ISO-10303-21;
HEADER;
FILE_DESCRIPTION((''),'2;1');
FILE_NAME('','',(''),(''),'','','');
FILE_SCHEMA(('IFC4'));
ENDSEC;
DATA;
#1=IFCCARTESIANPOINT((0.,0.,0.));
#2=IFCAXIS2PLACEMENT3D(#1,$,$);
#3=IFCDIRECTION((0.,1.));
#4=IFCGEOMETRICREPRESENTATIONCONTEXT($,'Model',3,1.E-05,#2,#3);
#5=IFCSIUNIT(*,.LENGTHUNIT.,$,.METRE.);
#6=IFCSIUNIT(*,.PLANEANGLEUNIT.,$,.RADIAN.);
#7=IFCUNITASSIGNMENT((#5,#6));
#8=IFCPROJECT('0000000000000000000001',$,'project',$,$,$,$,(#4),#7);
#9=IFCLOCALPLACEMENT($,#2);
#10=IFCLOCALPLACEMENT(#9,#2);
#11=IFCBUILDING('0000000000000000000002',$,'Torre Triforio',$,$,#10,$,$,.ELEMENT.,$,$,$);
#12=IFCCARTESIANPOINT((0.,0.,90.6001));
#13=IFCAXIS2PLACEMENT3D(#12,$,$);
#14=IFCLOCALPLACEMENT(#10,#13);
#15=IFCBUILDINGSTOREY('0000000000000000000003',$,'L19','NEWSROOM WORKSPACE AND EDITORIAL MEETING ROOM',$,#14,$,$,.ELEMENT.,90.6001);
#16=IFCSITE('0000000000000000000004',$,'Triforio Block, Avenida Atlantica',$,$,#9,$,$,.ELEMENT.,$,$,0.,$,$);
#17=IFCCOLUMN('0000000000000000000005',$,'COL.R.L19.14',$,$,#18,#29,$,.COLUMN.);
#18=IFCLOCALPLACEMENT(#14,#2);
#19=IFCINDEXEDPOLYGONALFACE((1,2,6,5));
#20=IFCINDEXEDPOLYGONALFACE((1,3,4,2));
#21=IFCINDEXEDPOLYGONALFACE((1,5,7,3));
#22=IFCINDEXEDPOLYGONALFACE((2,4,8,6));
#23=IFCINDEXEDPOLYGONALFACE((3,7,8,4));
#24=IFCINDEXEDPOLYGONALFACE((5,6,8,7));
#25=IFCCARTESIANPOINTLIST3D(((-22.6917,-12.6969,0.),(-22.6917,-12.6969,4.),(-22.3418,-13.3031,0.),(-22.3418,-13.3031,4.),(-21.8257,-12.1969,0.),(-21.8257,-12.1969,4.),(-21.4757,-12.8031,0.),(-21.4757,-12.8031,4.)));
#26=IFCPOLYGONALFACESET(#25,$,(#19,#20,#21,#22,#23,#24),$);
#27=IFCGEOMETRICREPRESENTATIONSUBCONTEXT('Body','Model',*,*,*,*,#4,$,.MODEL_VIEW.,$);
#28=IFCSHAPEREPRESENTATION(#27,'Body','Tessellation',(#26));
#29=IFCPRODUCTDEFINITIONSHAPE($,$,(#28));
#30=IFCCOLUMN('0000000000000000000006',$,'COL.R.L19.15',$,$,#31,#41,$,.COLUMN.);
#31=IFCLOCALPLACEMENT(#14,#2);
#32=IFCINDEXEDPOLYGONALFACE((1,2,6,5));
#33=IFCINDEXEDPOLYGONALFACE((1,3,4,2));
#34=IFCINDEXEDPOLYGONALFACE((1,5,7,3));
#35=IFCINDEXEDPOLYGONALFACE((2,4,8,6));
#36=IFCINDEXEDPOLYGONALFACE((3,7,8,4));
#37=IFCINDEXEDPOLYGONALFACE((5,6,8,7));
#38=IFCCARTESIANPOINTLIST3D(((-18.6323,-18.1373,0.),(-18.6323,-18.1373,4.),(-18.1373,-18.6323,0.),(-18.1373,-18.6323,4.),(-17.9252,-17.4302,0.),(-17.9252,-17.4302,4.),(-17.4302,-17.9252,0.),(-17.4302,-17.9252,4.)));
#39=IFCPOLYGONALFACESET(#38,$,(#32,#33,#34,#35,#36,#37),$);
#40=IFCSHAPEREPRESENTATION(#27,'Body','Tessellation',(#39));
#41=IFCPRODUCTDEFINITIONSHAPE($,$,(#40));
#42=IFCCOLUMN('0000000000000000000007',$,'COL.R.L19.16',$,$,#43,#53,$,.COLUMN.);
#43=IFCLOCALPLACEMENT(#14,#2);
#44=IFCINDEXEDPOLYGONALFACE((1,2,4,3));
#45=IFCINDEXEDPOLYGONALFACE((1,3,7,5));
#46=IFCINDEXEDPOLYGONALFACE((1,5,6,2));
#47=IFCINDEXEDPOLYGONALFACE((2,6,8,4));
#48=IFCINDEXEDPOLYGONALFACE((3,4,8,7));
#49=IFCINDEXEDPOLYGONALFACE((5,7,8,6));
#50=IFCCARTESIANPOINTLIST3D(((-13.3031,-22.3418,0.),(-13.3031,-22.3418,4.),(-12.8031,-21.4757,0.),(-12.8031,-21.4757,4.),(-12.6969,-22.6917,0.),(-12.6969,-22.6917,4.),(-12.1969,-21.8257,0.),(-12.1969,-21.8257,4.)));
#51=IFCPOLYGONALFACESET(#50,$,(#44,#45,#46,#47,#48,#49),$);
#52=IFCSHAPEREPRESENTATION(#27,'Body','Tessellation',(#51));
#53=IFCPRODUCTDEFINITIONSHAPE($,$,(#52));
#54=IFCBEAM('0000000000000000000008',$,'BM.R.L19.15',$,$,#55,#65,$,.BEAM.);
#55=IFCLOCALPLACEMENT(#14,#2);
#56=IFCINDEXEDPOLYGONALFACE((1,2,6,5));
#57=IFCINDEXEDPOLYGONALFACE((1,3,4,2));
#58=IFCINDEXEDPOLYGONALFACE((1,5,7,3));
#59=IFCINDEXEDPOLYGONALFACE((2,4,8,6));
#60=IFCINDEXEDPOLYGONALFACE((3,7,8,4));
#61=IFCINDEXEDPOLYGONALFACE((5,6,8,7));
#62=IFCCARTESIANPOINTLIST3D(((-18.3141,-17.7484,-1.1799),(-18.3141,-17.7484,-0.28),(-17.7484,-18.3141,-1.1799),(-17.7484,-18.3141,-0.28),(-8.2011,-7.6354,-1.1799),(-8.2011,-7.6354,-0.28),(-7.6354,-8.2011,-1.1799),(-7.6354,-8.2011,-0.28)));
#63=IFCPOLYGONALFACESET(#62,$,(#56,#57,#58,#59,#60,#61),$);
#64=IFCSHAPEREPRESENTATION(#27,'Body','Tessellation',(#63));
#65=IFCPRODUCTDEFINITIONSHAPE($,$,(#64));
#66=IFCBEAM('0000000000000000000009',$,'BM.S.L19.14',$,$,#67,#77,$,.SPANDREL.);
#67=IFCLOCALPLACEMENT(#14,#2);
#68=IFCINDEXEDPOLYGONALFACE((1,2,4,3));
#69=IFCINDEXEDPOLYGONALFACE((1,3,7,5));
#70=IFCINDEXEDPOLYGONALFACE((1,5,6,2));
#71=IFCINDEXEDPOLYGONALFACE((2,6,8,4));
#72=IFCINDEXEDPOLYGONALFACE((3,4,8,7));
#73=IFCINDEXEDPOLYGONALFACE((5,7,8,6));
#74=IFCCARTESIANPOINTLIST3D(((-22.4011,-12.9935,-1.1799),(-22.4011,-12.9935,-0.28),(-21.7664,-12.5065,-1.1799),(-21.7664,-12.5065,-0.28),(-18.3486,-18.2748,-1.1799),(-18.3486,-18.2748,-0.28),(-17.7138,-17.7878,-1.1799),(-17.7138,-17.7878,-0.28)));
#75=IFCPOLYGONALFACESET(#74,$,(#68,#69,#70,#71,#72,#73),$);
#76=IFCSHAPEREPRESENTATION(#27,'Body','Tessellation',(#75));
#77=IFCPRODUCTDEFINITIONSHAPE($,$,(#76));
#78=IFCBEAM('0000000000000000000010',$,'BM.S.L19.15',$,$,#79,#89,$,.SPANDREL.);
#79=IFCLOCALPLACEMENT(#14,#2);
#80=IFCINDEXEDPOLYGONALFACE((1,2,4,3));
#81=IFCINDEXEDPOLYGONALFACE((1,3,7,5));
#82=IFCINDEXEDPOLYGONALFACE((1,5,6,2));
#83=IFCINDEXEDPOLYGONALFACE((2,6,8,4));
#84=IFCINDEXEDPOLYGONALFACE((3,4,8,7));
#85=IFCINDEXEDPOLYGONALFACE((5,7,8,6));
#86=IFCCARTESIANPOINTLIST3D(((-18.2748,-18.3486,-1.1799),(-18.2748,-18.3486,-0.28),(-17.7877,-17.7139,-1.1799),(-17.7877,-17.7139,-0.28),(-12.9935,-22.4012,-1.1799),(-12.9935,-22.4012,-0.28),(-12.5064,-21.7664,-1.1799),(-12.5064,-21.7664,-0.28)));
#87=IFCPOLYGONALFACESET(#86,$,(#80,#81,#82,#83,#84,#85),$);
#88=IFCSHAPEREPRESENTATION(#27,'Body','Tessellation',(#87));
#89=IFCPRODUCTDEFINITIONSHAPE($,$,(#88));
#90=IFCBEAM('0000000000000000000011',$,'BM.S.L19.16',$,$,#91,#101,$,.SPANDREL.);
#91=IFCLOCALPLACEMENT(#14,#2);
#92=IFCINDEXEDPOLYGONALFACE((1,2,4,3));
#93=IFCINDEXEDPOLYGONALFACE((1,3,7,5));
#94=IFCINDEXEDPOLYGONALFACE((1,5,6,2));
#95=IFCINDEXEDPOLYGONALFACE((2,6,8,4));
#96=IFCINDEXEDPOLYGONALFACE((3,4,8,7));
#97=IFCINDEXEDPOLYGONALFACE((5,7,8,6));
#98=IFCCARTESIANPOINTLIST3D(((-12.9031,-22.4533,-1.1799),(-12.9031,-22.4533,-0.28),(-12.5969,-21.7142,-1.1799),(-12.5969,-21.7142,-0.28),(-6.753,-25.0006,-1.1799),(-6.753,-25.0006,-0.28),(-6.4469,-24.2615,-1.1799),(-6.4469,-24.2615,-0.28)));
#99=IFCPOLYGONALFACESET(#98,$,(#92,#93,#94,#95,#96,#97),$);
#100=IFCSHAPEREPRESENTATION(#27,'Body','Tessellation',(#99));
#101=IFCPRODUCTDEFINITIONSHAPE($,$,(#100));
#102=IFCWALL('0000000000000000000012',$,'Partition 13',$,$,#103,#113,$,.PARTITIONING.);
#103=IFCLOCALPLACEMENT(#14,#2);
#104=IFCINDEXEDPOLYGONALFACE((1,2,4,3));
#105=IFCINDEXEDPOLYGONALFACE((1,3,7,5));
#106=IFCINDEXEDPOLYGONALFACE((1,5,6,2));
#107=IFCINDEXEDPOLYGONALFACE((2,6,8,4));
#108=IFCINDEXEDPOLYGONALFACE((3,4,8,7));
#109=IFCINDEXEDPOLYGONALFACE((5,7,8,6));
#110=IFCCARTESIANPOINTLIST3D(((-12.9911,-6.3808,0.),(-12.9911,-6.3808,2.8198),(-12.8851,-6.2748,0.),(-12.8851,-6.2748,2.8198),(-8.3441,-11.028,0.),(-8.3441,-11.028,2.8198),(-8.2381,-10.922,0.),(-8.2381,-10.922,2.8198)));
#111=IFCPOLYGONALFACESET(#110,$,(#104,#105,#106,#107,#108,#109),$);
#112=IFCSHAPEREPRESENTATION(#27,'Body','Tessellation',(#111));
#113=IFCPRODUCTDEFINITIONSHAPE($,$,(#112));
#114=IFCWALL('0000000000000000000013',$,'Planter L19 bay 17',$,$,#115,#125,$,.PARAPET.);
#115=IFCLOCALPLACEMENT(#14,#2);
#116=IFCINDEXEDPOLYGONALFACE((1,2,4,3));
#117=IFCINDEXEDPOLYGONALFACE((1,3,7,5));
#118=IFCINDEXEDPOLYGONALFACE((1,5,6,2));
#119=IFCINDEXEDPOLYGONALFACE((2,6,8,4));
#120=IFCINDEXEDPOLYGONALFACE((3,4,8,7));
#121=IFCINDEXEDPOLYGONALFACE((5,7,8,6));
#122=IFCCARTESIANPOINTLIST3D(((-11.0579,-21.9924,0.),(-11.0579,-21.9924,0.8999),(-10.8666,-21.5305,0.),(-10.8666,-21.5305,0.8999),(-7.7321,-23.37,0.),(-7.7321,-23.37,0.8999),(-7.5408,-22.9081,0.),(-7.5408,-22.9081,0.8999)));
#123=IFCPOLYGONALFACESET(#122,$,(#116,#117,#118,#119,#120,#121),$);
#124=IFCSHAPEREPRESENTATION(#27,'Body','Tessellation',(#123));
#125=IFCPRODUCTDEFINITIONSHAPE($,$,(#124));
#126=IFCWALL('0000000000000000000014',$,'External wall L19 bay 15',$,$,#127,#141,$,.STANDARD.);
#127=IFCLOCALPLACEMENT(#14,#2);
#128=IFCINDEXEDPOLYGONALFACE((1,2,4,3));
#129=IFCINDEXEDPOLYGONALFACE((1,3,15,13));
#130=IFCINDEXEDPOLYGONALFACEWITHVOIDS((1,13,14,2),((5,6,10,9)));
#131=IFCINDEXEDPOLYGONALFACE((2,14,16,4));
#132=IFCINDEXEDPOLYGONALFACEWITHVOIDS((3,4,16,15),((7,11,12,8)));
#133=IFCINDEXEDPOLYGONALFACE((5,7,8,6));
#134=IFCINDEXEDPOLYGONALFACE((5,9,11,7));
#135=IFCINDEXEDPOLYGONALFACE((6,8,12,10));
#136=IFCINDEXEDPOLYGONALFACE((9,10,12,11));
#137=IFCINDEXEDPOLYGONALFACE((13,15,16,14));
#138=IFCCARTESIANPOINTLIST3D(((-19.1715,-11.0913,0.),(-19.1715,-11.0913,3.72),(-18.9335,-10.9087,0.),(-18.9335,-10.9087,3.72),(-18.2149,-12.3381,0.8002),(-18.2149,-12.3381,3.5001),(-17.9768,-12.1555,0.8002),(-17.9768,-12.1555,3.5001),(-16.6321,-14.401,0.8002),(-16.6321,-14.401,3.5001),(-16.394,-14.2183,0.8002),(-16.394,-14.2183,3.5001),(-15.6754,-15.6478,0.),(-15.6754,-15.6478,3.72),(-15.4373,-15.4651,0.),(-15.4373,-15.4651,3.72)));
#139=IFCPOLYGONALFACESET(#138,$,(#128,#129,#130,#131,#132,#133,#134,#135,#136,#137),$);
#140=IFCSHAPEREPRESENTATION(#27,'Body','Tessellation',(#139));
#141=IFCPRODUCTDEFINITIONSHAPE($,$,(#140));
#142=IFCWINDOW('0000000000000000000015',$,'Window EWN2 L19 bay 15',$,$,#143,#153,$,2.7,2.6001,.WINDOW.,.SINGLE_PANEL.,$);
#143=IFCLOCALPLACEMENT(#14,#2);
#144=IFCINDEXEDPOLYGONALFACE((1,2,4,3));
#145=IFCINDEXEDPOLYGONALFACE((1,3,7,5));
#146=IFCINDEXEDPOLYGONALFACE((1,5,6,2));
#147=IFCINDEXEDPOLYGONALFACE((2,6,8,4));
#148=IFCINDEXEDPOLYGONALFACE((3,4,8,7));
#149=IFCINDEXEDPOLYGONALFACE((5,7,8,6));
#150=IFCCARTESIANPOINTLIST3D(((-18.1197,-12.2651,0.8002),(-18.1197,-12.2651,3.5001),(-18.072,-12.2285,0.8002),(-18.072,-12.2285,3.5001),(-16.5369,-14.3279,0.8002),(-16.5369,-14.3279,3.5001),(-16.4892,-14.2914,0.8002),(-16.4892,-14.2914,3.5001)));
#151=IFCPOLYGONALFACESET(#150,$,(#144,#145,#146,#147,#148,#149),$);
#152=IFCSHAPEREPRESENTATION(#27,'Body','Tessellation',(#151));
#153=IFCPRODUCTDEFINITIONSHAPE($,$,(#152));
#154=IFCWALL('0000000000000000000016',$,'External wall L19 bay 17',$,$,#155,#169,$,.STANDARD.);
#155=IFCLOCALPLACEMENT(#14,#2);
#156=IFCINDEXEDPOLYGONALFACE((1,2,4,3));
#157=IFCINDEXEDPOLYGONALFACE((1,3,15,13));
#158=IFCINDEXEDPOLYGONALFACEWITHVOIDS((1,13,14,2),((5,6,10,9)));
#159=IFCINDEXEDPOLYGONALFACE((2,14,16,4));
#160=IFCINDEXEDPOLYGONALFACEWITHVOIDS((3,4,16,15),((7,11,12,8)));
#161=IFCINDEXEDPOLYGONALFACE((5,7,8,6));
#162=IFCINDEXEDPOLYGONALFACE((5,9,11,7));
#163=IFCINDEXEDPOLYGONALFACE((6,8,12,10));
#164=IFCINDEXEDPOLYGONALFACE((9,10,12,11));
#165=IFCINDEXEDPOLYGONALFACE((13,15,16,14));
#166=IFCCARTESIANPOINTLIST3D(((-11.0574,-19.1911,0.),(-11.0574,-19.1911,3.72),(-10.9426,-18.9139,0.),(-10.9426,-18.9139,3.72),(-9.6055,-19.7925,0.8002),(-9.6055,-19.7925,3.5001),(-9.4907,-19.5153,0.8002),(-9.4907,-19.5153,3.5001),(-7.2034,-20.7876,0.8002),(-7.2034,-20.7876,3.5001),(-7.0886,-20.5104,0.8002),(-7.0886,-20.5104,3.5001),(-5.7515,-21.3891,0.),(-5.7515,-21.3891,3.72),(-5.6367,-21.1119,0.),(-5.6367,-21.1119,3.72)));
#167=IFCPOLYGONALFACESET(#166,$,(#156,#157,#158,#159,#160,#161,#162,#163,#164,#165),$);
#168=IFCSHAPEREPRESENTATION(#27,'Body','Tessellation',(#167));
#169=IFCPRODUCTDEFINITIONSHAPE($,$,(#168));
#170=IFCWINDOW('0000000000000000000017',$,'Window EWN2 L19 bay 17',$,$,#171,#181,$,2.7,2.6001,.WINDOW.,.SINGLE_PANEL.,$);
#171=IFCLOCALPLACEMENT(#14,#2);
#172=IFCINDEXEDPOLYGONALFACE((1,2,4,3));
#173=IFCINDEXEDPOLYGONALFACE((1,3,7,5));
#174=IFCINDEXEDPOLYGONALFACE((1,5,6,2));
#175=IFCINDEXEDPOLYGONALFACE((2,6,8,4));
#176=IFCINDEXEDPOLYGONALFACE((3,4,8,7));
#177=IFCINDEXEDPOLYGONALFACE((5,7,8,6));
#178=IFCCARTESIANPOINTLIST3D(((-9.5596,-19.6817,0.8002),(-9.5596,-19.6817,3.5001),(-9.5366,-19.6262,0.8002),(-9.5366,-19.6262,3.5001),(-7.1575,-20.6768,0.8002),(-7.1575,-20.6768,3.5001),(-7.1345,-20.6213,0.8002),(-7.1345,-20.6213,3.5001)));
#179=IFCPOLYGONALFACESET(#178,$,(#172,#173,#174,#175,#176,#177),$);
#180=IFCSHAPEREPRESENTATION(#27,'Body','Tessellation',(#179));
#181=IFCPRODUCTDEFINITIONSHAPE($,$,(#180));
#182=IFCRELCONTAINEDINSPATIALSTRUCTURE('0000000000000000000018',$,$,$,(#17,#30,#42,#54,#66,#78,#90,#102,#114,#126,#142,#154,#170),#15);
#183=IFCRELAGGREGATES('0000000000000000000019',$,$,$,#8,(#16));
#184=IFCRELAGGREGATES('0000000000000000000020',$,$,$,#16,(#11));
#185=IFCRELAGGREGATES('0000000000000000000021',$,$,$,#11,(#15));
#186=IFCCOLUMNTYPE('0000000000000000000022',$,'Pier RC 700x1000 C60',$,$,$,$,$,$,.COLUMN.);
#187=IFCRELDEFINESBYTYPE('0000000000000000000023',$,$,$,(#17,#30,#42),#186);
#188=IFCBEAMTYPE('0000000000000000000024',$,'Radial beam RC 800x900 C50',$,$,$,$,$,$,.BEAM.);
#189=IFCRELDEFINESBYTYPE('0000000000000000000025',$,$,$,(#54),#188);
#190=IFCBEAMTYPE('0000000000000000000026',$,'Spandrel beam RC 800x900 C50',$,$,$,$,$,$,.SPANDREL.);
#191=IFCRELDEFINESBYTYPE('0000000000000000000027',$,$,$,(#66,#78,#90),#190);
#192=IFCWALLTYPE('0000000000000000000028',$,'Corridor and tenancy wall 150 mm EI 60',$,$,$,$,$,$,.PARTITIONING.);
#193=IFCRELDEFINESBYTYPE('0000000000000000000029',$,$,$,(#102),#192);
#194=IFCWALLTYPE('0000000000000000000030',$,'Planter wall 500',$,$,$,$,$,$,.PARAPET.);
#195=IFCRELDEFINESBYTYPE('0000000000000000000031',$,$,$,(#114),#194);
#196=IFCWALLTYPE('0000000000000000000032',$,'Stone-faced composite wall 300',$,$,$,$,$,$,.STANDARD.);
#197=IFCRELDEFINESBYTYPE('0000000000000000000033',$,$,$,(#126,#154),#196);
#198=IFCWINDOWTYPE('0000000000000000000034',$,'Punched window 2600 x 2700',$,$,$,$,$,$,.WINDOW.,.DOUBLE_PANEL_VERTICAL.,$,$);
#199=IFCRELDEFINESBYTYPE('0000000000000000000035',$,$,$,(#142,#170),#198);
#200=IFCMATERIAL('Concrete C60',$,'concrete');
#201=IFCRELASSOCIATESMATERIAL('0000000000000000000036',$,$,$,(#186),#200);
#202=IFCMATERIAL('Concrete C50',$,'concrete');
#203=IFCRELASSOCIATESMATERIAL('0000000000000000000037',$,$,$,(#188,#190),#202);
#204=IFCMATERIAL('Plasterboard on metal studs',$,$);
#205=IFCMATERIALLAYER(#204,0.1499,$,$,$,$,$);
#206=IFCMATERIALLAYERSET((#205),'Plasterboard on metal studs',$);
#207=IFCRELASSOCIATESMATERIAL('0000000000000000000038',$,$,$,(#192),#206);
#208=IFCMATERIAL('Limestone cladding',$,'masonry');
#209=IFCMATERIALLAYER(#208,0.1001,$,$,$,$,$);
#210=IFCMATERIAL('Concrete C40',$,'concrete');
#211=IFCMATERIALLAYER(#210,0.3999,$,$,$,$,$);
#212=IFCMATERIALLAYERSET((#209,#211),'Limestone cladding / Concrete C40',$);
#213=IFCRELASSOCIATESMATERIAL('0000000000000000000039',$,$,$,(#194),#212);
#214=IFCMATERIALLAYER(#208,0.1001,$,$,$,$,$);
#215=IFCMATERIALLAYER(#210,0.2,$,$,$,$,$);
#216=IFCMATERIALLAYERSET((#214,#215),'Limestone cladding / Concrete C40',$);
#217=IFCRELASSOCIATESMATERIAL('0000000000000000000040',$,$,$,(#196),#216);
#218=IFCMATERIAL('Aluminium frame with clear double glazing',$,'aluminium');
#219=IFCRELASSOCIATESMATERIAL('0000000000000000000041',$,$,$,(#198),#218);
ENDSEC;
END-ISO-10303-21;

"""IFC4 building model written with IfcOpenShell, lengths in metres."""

from ifc_helpers import new_model, si_unit, direction, frame, frame_2d, origin, origin_2d, place, context, subcontext, project, spatial, rectangle, extrude, material, layer, layer_set, material_profile, profile_set, type_object, element, fill, save


model = new_model("IFC4")

# Units and contexts
model_context = context("Model", 3, precision=1e-05, world=origin(), true_north=direction((0.0, 1.0)))
body_context = subcontext(model_context, "Body", "Model", "MODEL_VIEW")
ifc_project = project(units=[si_unit("LENGTHUNIT", "METRE"), si_unit("PLANEANGLEUNIT", "RADIAN")], contexts=[model_context])

# Site, building, storey
site_placement = place(None, origin())
site = spatial("IfcSite", under=ifc_project, at=site_placement, Name="Triforio Block, Avenida Atlantica", CompositionType="ELEMENT", RefElevation=0.0)
building_placement = place(site_placement, origin())
building = spatial("IfcBuilding", under=site, at=building_placement, Name="Torre Triforio", CompositionType="ELEMENT")
storey_placement = place(building_placement, frame((0.0, 0.0, 90.6001)))
storey = spatial("IfcBuildingStorey", under=building, at=storey_placement, Name="L19", Description="NEWSROOM WORKSPACE AND EDITORIAL MEETING ROOM", CompositionType="ELEMENT", Elevation=90.6001)

# Columns
ifc_material_1 = material(Name="Concrete C60", Category="concrete")
ifc_material_profile_1 = material_profile(ifc_material_1, rectangle(XDim=0.7, YDim=1.0, at=origin_2d()), Name="RC 700x1000")
ifc_profile_set_1 = profile_set([ifc_material_profile_1], Name="Concrete C60")
column_type = type_object("IfcColumnType", Name="Pier RC 700x1000 C60", PredefinedType="COLUMN", material=ifc_profile_set_1)
for number, where, z_axis, x_axis, name in (
    (1, (-22.0837, -12.75, 0.0), (0.0, 0.0, 1.0), (0.5, -0.866025, 0.0), "COL.R.L19.14"),
    (2, (-18.0312, -18.0312, 0.0), (0.0, 0.0, 1.0), (0.707107, -0.707107, 0.0), "COL.R.L19.15"),
    (3, (-12.75, -22.0837, 0.0), (0.0, 0.0, 1.0), (0.866025, -0.5, 0.0), "COL.R.L19.16"),
):
    element("IfcColumn", number, at=place(storey_placement, frame(where, z_axis=z_axis, x_axis=x_axis)), inside=storey, type_object=column_type, Name=name, PredefinedType="COLUMN", context=body_context, shape_type="SweptSolid", body=[
        extrude(rectangle(XDim=0.7, YDim=1.0, at=origin_2d()), origin(), (0.0, 0.0, 1.0), 4.0),
    ])

# Beams
ifc_material_2 = material(Name="Concrete C50", Category="concrete")
ifc_material_profile_2 = material_profile(ifc_material_2, rectangle(XDim=0.8, YDim=0.8999, at=origin_2d()), Name="RC 800x900")
ifc_profile_set_2 = profile_set([ifc_material_profile_2], Name="Concrete C50")
beam_type_1 = type_object("IfcBeamType", Name="Radial beam RC 800x900 C50", PredefinedType="BEAM", material=ifc_profile_set_2)
beam_1_placement = place(storey_placement, frame((-7.9182, -7.9182, -0.73), z_axis=(-0.707107, -0.707107, 0.0), x_axis=(0.707107, -0.707107, 0.0)))
element("IfcBeam", 4, at=beam_1_placement, inside=storey, type_object=beam_type_1, Name="BM.R.L19.15", PredefinedType="BEAM", context=body_context, shape_type="SweptSolid", body=[
    extrude(rectangle(XDim=0.8, YDim=0.8999, at=origin_2d()), origin(), (0.0, 0.0, 1.0), 14.302),
])
ifc_material_profile_3 = material_profile(ifc_material_2, rectangle(XDim=0.8, YDim=0.8999, at=origin_2d()), Name="RC 800x900")
ifc_profile_set_3 = profile_set([ifc_material_profile_3], Name="Concrete C50")
beam_type_2 = type_object("IfcBeamType", Name="Spandrel beam RC 800x900 C50", PredefinedType="SPANDREL", material=ifc_profile_set_3)
for number, where, z_axis, x_axis, name in (
    (5, (-22.0837, -12.75, -0.73), (0.608766, -0.79335, 0.0), (0.79335, 0.608766, 0.0), "BM.S.L19.14"),
    (6, (-18.0312, -18.0312, -0.73), (0.79335, -0.608766, 0.0), (0.608766, 0.79335, 0.0), "BM.S.L19.15"),
):
    element("IfcBeam", number, at=place(storey_placement, frame(where, z_axis=z_axis, x_axis=x_axis)), inside=storey, type_object=beam_type_2, Name=name, PredefinedType="SPANDREL", context=body_context, shape_type="SweptSolid", body=[
        extrude(rectangle(XDim=0.8, YDim=0.8999, at=origin_2d()), origin(), (0.0, 0.0, 1.0), 6.657),
    ])
beam_2_placement = place(storey_placement, frame((-12.75, -22.0837, -0.73), z_axis=(0.923885, -0.382669, 0.0), x_axis=(0.382669, 0.923885, 0.0)))
element("IfcBeam", 7, at=beam_2_placement, inside=storey, type_object=beam_type_2, Name="BM.S.L19.16", PredefinedType="SPANDREL", context=body_context, shape_type="SweptSolid", body=[
    extrude(rectangle(XDim=0.8, YDim=0.8999, at=origin_2d()), origin(), (0.0, 0.0, 1.0), 6.6567),
])

# Walls
ifc_material_3 = material(Name="Plasterboard on metal studs")
ifc_layer_1 = layer(ifc_material_3, 0.1499)
ifc_layer_set_1 = layer_set([ifc_layer_1], Name="Plasterboard on metal studs")
wall_type_1 = type_object("IfcWallType", Name="Corridor and tenancy wall 150 mm EI 60", PredefinedType="PARTITIONING", material=ifc_layer_set_1)
wall_1_placement = place(storey_placement, frame((-8.291, -10.9751, 0.0), z_axis=(0.0, 0.0, 1.0), x_axis=(-0.707088, 0.707125, 0.0)))
element("IfcWall", 8, at=wall_1_placement, inside=storey, type_object=wall_type_1, Name="Partition 13", PredefinedType="PARTITIONING", context=body_context, shape_type="SweptSolid", body=[
    extrude(rectangle(XDim=6.572, YDim=0.1499, at=frame_2d((3.2861, 0.0))), origin(), (0.0, 0.0, 1.0), 2.8198),
])
ifc_material_4 = material(Name="Limestone cladding", Category="masonry")
ifc_layer_2 = layer(ifc_material_4, 0.1001)
ifc_material_5 = material(Name="Concrete C40", Category="concrete")
ifc_layer_3 = layer(ifc_material_5, 0.3999)
ifc_layer_set_2 = layer_set([ifc_layer_2, ifc_layer_3], Name="Limestone cladding / Concrete C40")
wall_type_2 = type_object("IfcWallType", Name="Planter wall 500", PredefinedType="PARAPET", material=ifc_layer_set_2)
wall_2_placement = place(storey_placement, frame((-10.9622, -21.7615, 0.0), z_axis=(0.0, 0.0, 1.0), x_axis=(0.923875, -0.382693, 0.0)))
element("IfcWall", 9, at=wall_2_placement, inside=storey, type_object=wall_type_2, Name="Planter L19 bay 17", PredefinedType="PARAPET", context=body_context, shape_type="SweptSolid", body=[
    extrude(rectangle(XDim=3.5999, YDim=0.5, at=frame_2d((1.7998, 0.0))), origin(), (0.0, 0.0, 1.0), 0.8999),
])

# Wall, opening, window
ifc_layer_4 = layer(ifc_material_4, 0.1001)
ifc_layer_5 = layer(ifc_material_5, 0.2)
ifc_layer_set_3 = layer_set([ifc_layer_4, ifc_layer_5], Name="Limestone cladding / Concrete C40")
wall_type_3 = type_object("IfcWallType", Name="Stone-faced composite wall 300", PredefinedType="STANDARD", material=ifc_layer_set_3)
wall_3_placement = place(storey_placement, frame((-19.0525, -11.0, 0.0), z_axis=(0.0, 0.0, 1.0), x_axis=(0.608745, -0.793366, 0.0)))
wall_3 = element("IfcWall", 10, at=wall_3_placement, inside=storey, type_object=wall_type_3, Name="External wall L19 bay 15", PredefinedType="STANDARD", context=body_context, shape_type="SweptSolid", body=[
    extrude(rectangle(XDim=5.7432, YDim=0.3, at=frame_2d((2.8716, 0.0))), origin(), (0.0, 0.0, 1.0), 3.72),
])
opening_1_placement = place(wall_3_placement, frame((1.5715, 0.0, 0.8)))
opening_1 = element("IfcOpeningElement", 11, at=opening_1_placement, cuts=wall_3, PredefinedType="OPENING", context=body_context, shape_type="SweptSolid", body=[
    extrude(rectangle(XDim=2.6001, YDim=2.7, at=frame_2d((1.3, 1.3501))), frame((0.0, 0.1599, 0.0), z_axis=(0.0, -1.0, 0.0), x_axis=(1.0, 0.0, 0.0)), (0.0, 0.0, 1.0), 0.3201),
])
ifc_material_6 = material(Name="Aluminium frame with clear double glazing", Category="aluminium")
window_type_1 = type_object("IfcWindowType", Name="Punched window 2600 x 2700", PartitioningType="DOUBLE_PANEL_VERTICAL", PredefinedType="WINDOW", material=ifc_material_6)
window_1_placement = place(opening_1_placement, origin())
window_1 = element("IfcWindow", 12, at=window_1_placement, inside=storey, type_object=window_type_1, Name="Window EWN2 L19 bay 15", OverallHeight=2.7, OverallWidth=2.6001, PartitioningType="SINGLE_PANEL", PredefinedType="WINDOW", context=body_context, shape_type="SweptSolid", body=[
    extrude(rectangle(XDim=2.6001, YDim=2.7, at=frame_2d((1.3, 1.3501))), frame((0.0, 0.03, 0.0), z_axis=(0.0, -1.0, 0.0), x_axis=(1.0, 0.0, 0.0)), (0.0, 0.0, 1.0), 0.0601),
])
fill(opening_1, window_1)

# Wall, opening, window
wall_4_placement = place(storey_placement, frame((-11.0, -19.0525, 0.0), z_axis=(0.0, 0.0, 1.0), x_axis=(0.923866, -0.382716, 0.0)))
wall_4 = element("IfcWall", 13, at=wall_4_placement, inside=storey, type_object=wall_type_3, Name="External wall L19 bay 17", PredefinedType="STANDARD", context=body_context, shape_type="SweptSolid", body=[
    extrude(rectangle(XDim=5.7432, YDim=0.3, at=frame_2d((2.8716, 0.0))), origin(), (0.0, 0.0, 1.0), 3.72),
])
opening_2_placement = place(wall_4_placement, frame((1.5715, 0.0, 0.8)))
opening_2 = element("IfcOpeningElement", 14, at=opening_2_placement, cuts=wall_4, PredefinedType="OPENING", context=body_context, shape_type="SweptSolid", body=[
    extrude(rectangle(XDim=2.6001, YDim=2.7, at=frame_2d((1.3, 1.3501))), frame((0.0, 0.1599, 0.0), z_axis=(0.0, -1.0, 0.0), x_axis=(1.0, 0.0, 0.0)), (0.0, 0.0, 1.0), 0.3201),
])
window_2_placement = place(opening_2_placement, origin())
window_2 = element("IfcWindow", 15, at=window_2_placement, inside=storey, type_object=window_type_1, Name="Window EWN2 L19 bay 17", OverallHeight=2.7, OverallWidth=2.6001, PartitioningType="SINGLE_PANEL", PredefinedType="WINDOW", context=body_context, shape_type="SweptSolid", body=[
    extrude(rectangle(XDim=2.6001, YDim=2.7, at=frame_2d((1.3, 1.3501))), frame((0.0, 0.03, 0.0), z_axis=(0.0, -1.0, 0.0), x_axis=(1.0, 0.0, 0.0)), (0.0, 0.0, 1.0), 0.0601),
])
fill(opening_2, window_2)

save(model, "model.ifc")
